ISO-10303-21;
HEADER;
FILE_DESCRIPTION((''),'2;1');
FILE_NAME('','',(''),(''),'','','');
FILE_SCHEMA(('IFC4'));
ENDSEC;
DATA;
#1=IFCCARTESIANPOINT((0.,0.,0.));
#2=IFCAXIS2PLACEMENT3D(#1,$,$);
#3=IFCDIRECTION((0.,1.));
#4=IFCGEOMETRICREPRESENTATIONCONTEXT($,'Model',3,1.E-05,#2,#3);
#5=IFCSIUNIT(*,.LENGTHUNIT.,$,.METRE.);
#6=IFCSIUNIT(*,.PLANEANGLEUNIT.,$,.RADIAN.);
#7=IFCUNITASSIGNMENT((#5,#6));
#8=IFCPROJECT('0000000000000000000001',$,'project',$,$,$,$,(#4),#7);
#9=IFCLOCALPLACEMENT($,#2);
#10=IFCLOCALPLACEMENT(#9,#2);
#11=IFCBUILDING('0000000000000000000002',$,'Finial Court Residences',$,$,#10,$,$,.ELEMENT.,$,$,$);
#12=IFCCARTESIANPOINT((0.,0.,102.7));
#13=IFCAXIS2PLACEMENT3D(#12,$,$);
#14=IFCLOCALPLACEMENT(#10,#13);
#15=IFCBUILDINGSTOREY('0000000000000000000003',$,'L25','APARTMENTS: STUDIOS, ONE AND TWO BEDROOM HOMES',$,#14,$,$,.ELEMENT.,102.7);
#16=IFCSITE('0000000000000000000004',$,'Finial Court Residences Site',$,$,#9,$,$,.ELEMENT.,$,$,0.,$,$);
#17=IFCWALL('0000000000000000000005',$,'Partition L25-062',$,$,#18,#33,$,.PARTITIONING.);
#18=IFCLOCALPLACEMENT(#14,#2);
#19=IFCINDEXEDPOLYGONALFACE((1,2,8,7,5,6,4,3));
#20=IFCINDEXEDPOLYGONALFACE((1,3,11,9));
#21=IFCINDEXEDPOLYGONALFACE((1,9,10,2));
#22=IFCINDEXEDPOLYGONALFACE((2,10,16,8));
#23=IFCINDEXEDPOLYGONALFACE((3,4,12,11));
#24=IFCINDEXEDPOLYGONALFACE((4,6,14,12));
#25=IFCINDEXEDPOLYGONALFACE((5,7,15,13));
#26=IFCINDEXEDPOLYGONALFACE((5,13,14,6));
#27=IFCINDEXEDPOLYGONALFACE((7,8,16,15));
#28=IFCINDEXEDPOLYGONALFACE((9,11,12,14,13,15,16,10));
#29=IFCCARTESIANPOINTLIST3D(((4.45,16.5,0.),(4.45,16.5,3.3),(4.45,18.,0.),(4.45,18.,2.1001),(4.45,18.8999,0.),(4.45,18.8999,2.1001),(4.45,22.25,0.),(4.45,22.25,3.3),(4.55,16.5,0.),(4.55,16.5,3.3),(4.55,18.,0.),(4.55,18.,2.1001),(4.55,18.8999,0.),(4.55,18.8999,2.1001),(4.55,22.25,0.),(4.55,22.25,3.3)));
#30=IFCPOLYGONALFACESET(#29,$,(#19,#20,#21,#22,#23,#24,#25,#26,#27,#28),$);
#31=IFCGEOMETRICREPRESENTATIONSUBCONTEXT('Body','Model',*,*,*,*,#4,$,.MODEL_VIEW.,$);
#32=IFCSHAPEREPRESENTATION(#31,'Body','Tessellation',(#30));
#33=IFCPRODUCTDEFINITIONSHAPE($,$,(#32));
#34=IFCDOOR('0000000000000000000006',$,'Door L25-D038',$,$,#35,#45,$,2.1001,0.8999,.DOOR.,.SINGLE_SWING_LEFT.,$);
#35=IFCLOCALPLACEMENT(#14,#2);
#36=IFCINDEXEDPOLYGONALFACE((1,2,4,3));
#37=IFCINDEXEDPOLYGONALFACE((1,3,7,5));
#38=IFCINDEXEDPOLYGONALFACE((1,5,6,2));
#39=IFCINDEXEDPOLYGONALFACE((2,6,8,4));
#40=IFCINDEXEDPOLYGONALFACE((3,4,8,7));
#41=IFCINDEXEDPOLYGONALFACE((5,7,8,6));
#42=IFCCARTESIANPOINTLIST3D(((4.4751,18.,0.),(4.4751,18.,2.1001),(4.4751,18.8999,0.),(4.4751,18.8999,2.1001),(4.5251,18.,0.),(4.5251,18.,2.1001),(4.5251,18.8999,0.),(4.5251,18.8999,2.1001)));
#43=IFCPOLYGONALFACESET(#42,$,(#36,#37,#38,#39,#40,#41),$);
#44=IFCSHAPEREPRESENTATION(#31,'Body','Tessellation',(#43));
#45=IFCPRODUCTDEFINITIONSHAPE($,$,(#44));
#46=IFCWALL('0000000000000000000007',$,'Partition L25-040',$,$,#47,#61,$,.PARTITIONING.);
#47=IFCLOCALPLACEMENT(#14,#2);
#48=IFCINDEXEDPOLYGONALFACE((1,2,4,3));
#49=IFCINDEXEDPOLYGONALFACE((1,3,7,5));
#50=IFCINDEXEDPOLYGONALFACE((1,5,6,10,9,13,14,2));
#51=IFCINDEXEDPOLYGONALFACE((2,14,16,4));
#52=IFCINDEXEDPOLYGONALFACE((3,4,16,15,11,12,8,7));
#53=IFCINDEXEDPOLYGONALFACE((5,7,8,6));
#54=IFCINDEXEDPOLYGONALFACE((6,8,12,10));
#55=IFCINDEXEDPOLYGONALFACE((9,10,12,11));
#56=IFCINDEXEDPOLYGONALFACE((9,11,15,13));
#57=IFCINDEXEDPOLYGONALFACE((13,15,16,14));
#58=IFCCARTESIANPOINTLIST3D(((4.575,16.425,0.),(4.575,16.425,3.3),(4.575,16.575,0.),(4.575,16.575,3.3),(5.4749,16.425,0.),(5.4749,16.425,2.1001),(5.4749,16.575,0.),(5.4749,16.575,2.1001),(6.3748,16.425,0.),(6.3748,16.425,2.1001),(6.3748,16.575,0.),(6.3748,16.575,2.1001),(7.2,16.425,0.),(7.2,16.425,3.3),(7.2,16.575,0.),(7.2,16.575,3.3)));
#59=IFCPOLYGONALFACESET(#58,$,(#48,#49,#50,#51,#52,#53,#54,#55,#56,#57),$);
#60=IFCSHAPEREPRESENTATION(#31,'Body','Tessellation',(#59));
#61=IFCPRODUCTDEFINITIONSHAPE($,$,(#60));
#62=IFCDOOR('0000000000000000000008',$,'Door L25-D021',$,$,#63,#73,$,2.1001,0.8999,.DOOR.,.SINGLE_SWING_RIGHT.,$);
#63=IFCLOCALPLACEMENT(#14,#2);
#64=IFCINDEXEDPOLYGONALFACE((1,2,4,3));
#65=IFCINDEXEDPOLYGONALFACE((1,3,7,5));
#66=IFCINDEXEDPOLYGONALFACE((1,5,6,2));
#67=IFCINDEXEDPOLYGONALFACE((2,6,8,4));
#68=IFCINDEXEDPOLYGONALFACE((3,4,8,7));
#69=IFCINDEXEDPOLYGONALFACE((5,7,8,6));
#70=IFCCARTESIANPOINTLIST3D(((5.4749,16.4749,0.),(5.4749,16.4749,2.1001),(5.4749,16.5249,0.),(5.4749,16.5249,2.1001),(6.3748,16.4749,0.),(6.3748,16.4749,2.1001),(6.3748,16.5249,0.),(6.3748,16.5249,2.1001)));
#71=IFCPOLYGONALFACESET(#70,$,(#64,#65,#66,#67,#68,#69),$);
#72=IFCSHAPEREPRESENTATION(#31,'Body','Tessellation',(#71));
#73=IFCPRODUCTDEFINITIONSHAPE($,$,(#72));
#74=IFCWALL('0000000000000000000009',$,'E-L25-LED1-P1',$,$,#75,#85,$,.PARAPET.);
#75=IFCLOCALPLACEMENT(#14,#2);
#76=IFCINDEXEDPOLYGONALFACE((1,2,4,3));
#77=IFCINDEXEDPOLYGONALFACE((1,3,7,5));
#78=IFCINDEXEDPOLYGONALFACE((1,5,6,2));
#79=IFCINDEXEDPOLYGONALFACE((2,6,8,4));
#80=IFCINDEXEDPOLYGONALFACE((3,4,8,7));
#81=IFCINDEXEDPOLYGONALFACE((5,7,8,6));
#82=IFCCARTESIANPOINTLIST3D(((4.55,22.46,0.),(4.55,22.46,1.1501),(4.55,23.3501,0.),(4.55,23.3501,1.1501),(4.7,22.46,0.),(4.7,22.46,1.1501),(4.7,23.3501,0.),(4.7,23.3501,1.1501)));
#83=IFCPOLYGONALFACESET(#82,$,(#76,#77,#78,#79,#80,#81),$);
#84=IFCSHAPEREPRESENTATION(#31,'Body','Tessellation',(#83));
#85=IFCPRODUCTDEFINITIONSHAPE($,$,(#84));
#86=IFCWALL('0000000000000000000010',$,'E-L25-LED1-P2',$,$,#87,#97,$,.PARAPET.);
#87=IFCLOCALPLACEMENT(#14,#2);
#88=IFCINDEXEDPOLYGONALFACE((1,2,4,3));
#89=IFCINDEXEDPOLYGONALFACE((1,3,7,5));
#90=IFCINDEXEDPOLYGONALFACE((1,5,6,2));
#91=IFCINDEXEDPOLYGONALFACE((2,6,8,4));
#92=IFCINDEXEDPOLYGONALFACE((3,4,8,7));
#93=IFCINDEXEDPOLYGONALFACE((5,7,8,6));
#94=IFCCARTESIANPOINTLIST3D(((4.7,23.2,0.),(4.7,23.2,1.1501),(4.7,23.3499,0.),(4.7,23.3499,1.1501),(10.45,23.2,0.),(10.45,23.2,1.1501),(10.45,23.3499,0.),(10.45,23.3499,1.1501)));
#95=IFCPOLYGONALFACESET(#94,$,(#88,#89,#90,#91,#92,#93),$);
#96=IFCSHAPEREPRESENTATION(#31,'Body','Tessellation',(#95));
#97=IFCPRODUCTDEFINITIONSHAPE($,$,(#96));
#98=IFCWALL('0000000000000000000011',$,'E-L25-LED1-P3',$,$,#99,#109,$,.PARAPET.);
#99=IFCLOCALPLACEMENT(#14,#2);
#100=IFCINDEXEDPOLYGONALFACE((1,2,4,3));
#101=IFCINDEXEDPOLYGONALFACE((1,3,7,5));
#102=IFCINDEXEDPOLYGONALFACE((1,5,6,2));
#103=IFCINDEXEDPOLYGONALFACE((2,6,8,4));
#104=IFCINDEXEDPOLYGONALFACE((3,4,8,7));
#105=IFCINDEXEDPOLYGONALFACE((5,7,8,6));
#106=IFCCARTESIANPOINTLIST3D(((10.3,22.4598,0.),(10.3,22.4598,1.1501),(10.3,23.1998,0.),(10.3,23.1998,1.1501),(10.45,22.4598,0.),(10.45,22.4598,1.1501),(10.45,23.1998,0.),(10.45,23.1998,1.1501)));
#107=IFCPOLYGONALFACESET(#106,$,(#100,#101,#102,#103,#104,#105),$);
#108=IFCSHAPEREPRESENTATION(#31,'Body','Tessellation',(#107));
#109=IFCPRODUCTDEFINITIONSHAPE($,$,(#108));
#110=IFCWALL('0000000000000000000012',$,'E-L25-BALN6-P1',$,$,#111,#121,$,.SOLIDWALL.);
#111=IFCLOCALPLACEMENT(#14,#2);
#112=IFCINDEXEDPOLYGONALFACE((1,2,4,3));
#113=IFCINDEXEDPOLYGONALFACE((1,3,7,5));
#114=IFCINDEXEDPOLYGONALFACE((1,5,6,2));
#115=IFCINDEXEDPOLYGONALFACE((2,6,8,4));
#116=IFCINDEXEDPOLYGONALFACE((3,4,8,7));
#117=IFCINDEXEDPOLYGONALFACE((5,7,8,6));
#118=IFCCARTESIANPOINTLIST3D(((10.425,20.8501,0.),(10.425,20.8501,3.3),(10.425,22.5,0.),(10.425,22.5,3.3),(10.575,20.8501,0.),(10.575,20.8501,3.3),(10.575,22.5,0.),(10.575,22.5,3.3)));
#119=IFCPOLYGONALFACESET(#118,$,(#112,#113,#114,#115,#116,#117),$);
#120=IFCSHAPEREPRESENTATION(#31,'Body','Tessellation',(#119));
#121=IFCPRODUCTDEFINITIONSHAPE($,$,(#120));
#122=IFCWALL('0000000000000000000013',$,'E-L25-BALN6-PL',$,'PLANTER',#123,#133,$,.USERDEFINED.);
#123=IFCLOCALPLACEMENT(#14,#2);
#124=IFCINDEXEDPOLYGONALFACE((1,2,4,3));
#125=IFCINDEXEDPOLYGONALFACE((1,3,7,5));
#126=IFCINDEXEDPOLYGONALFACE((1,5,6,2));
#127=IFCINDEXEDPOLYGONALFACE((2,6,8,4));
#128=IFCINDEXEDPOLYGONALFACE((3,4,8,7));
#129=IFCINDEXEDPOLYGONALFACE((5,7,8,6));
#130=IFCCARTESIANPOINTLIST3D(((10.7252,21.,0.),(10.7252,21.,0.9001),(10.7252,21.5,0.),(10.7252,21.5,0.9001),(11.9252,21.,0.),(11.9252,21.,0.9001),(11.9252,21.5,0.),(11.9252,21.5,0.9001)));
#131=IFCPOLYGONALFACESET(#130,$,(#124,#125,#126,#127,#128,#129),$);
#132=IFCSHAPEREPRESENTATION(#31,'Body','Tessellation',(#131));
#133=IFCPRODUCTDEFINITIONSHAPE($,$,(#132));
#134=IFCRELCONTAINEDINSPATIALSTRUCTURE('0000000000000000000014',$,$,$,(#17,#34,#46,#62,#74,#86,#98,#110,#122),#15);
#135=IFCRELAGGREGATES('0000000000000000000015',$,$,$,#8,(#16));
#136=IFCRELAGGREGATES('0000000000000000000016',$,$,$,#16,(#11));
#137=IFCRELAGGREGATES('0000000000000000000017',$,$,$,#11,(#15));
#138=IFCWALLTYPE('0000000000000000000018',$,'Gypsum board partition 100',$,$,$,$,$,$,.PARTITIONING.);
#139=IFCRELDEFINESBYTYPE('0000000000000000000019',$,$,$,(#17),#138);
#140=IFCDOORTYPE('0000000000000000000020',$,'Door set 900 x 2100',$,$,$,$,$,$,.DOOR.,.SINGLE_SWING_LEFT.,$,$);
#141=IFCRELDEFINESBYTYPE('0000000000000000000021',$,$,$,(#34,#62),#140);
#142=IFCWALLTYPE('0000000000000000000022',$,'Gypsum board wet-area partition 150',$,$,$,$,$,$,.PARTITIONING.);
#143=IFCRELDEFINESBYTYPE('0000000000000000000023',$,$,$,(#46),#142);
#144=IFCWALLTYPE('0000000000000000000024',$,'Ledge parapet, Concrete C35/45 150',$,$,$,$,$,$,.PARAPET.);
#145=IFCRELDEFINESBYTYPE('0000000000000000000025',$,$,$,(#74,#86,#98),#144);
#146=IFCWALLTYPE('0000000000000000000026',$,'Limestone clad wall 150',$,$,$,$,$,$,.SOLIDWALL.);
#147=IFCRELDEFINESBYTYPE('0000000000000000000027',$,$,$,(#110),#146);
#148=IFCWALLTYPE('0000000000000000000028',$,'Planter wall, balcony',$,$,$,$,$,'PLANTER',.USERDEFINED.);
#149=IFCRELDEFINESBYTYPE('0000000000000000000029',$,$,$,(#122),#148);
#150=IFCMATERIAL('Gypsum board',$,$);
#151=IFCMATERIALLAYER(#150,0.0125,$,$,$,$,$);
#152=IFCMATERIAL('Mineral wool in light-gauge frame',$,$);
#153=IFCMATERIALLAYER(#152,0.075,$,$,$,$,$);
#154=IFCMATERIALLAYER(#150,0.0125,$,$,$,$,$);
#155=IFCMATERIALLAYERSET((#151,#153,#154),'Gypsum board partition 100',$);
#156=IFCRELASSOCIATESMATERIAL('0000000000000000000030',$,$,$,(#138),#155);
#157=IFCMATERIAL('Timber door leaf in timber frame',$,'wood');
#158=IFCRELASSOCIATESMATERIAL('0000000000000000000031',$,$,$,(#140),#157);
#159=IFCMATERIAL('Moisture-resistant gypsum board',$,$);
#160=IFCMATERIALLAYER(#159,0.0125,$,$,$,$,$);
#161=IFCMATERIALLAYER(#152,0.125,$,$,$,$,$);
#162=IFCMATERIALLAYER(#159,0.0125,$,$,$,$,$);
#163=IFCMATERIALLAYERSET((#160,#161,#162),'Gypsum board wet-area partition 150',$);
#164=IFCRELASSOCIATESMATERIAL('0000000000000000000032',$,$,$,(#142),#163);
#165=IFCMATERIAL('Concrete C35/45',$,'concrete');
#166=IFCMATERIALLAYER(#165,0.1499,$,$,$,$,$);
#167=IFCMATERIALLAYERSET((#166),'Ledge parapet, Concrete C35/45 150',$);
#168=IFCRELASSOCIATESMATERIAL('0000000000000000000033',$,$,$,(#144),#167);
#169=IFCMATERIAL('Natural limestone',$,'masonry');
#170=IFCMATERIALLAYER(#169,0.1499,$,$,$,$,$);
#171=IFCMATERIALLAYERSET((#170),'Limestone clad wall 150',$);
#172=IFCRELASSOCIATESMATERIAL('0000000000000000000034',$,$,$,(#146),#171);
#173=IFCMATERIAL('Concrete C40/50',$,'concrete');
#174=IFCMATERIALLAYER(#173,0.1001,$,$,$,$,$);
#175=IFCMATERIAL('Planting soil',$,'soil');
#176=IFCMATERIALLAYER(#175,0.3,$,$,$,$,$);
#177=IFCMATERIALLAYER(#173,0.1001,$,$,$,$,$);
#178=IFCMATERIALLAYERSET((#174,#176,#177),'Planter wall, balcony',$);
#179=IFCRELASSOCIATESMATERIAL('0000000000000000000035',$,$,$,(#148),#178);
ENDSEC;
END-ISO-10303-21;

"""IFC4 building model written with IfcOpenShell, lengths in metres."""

from ifc_helpers import new_model, si_unit, direction, frame, frame_2d, origin, place, context, subcontext, project, spatial, rectangle, extrude, material, layer, layer_set, type_object, element, fill, save


model = new_model("IFC4")

# Units and contexts
model_context = context("Model", 3, precision=1e-05, world=origin(), true_north=direction((0.0, 1.0)))
body_context = subcontext(model_context, "Body", "Model", "MODEL_VIEW")
ifc_project = project(units=[si_unit("LENGTHUNIT", "METRE"), si_unit("PLANEANGLEUNIT", "RADIAN")], contexts=[model_context])

# Site, building, storey
site_placement = place(None, origin())
site = spatial("IfcSite", under=ifc_project, at=site_placement, Name="Finial Court Residences Site", CompositionType="ELEMENT", RefElevation=0.0)
building_placement = place(site_placement, origin())
building = spatial("IfcBuilding", under=site, at=building_placement, Name="Finial Court Residences", CompositionType="ELEMENT")
storey_placement = place(building_placement, frame((0.0, 0.0, 102.7)))
storey = spatial("IfcBuildingStorey", under=building, at=storey_placement, Name="L25", Description="APARTMENTS: STUDIOS, ONE AND TWO BEDROOM HOMES", CompositionType="ELEMENT", Elevation=102.7)

# Walls, openings, doors
ifc_material_1 = material(Name="Gypsum board")
ifc_layer_1 = layer(ifc_material_1, 0.0125)
ifc_material_2 = material(Name="Mineral wool in light-gauge frame")
ifc_layer_2 = layer(ifc_material_2, 0.075)
ifc_layer_3 = layer(ifc_material_1, 0.0125)
ifc_layer_set_1 = layer_set([ifc_layer_1, ifc_layer_2, ifc_layer_3], Name="Gypsum board partition 100")
wall_type_1 = type_object("IfcWallType", Name="Gypsum board partition 100", PredefinedType="PARTITIONING", material=ifc_layer_set_1)
ifc_material_3 = material(Name="Timber door leaf in timber frame", Category="wood")
door_type_1 = type_object("IfcDoorType", Name="Door set 900 x 2100", OperationType="SINGLE_SWING_LEFT", PredefinedType="DOOR", material=ifc_material_3)
wall_1_placement = place(storey_placement, frame((4.5, 16.5, 0.0), z_axis=(0.0, 0.0, 1.0), x_axis=(0.0, 1.0, 0.0)))
wall_1 = element("IfcWall", 1, at=wall_1_placement, inside=storey, type_object=wall_type_1, Name="Partition L25-062", PredefinedType="PARTITIONING", context=body_context, shape_type="SweptSolid", body=[
    extrude(rectangle(XDim=5.75, YDim=0.1001, at=frame_2d((2.875, 0.0))), origin(), (0.0, 0.0, 1.0), 3.3),
])
opening_1_placement = place(wall_1_placement, frame((1.5, 0.0, 0.0)))
opening_1 = element("IfcOpeningElement", 2, at=opening_1_placement, cuts=wall_1, PredefinedType="OPENING", context=body_context, shape_type="SweptSolid", body=[
    extrude(rectangle(XDim=0.8999, YDim=2.1001, at=frame_2d((0.45, 1.05))), frame((0.0, 0.0601, 0.0), z_axis=(0.0, -1.0, 0.0), x_axis=(1.0, 0.0, 0.0)), (0.0, 0.0, 1.0), 0.1201),
])
door_1_placement = place(opening_1_placement, origin())
door_1 = element("IfcDoor", 3, at=door_1_placement, inside=storey, type_object=door_type_1, Name="Door L25-D038", OperationType="SINGLE_SWING_LEFT", OverallHeight=2.1001, OverallWidth=0.8999, PredefinedType="DOOR", context=body_context, shape_type="SweptSolid", body=[
    extrude(rectangle(XDim=0.8999, YDim=2.1001, at=frame_2d((0.45, 1.05))), frame((0.0, 0.0249, 0.0), z_axis=(0.0, -1.0, 0.0), x_axis=(1.0, 0.0, 0.0)), (0.0, 0.0, 1.0), 0.05),
])
fill(opening_1, door_1)
ifc_material_4 = material(Name="Moisture-resistant gypsum board")
ifc_layer_4 = layer(ifc_material_4, 0.0125)
ifc_layer_5 = layer(ifc_material_2, 0.125)
ifc_layer_6 = layer(ifc_material_4, 0.0125)
ifc_layer_set_2 = layer_set([ifc_layer_4, ifc_layer_5, ifc_layer_6], Name="Gypsum board wet-area partition 150")
wall_type_2 = type_object("IfcWallType", Name="Gypsum board wet-area partition 150", PredefinedType="PARTITIONING", material=ifc_layer_set_2)
wall_2_placement = place(storey_placement, frame((4.575, 16.5, 0.0), z_axis=(0.0, 0.0, 1.0), x_axis=(1.0, 0.0, 0.0)))
wall_2 = element("IfcWall", 4, at=wall_2_placement, inside=storey, type_object=wall_type_2, Name="Partition L25-040", PredefinedType="PARTITIONING", context=body_context, shape_type="SweptSolid", body=[
    extrude(rectangle(XDim=2.625, YDim=0.1499, at=frame_2d((1.3125, 0.0))), origin(), (0.0, 0.0, 1.0), 3.3),
])
opening_2_placement = place(wall_2_placement, frame((0.8999, 0.0, 0.0)))
opening_2 = element("IfcOpeningElement", 5, at=opening_2_placement, cuts=wall_2, PredefinedType="OPENING", context=body_context, shape_type="SweptSolid", body=[
    extrude(rectangle(XDim=0.8999, YDim=2.1001, at=frame_2d((0.45, 1.05))), frame((0.0, 0.085, 0.0), z_axis=(0.0, -1.0, 0.0), x_axis=(1.0, 0.0, 0.0)), (0.0, 0.0, 1.0), 0.1699),
])
door_2_placement = place(opening_2_placement, origin())
door_2 = element("IfcDoor", 6, at=door_2_placement, inside=storey, type_object=door_type_1, Name="Door L25-D021", OperationType="SINGLE_SWING_RIGHT", OverallHeight=2.1001, OverallWidth=0.8999, PredefinedType="DOOR", context=body_context, shape_type="SweptSolid", body=[
    extrude(rectangle(XDim=0.8999, YDim=2.1001, at=frame_2d((0.45, 1.05))), frame((0.0, 0.0249, 0.0), z_axis=(0.0, -1.0, 0.0), x_axis=(1.0, 0.0, 0.0)), (0.0, 0.0, 1.0), 0.05),
])
fill(opening_2, door_2)

# Walls
ifc_material_5 = material(Name="Concrete C35/45", Category="concrete")
ifc_layer_7 = layer(ifc_material_5, 0.1499)
ifc_layer_set_3 = layer_set([ifc_layer_7], Name="Ledge parapet, Concrete C35/45 150")
wall_type_3 = type_object("IfcWallType", Name="Ledge parapet, Concrete C35/45 150", PredefinedType="PARAPET", material=ifc_layer_set_3)
wall_3_placement = place(storey_placement, frame((4.625, 22.46, 0.0), z_axis=(0.0, 0.0, 1.0), x_axis=(0.0, 1.0, 0.0)))
element("IfcWall", 7, at=wall_3_placement, inside=storey, type_object=wall_type_3, Name="E-L25-LED1-P1", PredefinedType="PARAPET", context=body_context, shape_type="SweptSolid", body=[
    extrude(rectangle(XDim=0.8901, YDim=0.1499, at=frame_2d((0.4451, 0.0))), origin(), (0.0, 0.0, 1.0), 1.1501),
])
wall_4_placement = place(storey_placement, frame((4.7, 23.2749, 0.0), z_axis=(0.0, 0.0, 1.0), x_axis=(1.0, 0.0, 0.0)))
element("IfcWall", 8, at=wall_4_placement, inside=storey, type_object=wall_type_3, Name="E-L25-LED1-P2", PredefinedType="PARAPET", context=body_context, shape_type="SweptSolid", body=[
    extrude(rectangle(XDim=5.75, YDim=0.1499, at=frame_2d((2.875, 0.0))), origin(), (0.0, 0.0, 1.0), 1.1501),
])
wall_5_placement = place(storey_placement, frame((10.375, 23.2, 0.0), z_axis=(0.0, 0.0, 1.0), x_axis=(0.0, -1.0, 0.0)))
element("IfcWall", 9, at=wall_5_placement, inside=storey, type_object=wall_type_3, Name="E-L25-LED1-P3", PredefinedType="PARAPET", context=body_context, shape_type="SweptSolid", body=[
    extrude(rectangle(XDim=0.74, YDim=0.1499, at=frame_2d((0.3701, 0.0))), origin(), (0.0, 0.0, 1.0), 1.1501),
])
ifc_material_6 = material(Name="Natural limestone", Category="masonry")
ifc_layer_8 = layer(ifc_material_6, 0.1499)
ifc_layer_set_4 = layer_set([ifc_layer_8], Name="Limestone clad wall 150")
wall_type_4 = type_object("IfcWallType", Name="Limestone clad wall 150", PredefinedType="SOLIDWALL", material=ifc_layer_set_4)
wall_6_placement = place(storey_placement, frame((10.5, 20.8501, 0.0), z_axis=(0.0, 0.0, 1.0), x_axis=(0.0, 1.0, 0.0)))
element("IfcWall", 10, at=wall_6_placement, inside=storey, type_object=wall_type_4, Name="E-L25-BALN6-P1", PredefinedType="SOLIDWALL", context=body_context, shape_type="SweptSolid", body=[
    extrude(rectangle(XDim=1.6499, YDim=0.1499, at=frame_2d((0.825, 0.0))), origin(), (0.0, 0.0, 1.0), 3.3),
])

# Wall
ifc_material_7 = material(Name="Concrete C40/50", Category="concrete")
ifc_layer_9 = layer(ifc_material_7, 0.1001)
ifc_material_8 = material(Name="Planting soil", Category="soil")
ifc_layer_10 = layer(ifc_material_8, 0.3)
ifc_layer_11 = layer(ifc_material_7, 0.1001)
ifc_layer_set_5 = layer_set([ifc_layer_9, ifc_layer_10, ifc_layer_11], Name="Planter wall, balcony")
wall_type_5 = type_object("IfcWallType", Name="Planter wall, balcony", ElementType="PLANTER", PredefinedType="USERDEFINED", material=ifc_layer_set_5)
wall_7_placement = place(storey_placement, frame((10.7251, 21.25, 0.0), z_axis=(0.0, 0.0, 1.0), x_axis=(1.0, 0.0, 0.0)))
element("IfcWall", 11, at=wall_7_placement, inside=storey, type_object=wall_type_5, Name="E-L25-BALN6-PL", ObjectType="PLANTER", PredefinedType="USERDEFINED", context=body_context, shape_type="SweptSolid", body=[
    extrude(rectangle(XDim=1.2, YDim=0.5, at=frame_2d((0.6001, 0.0))), origin(), (0.0, 0.0, 1.0), 0.9001),
])

save(model, "model.ifc")
